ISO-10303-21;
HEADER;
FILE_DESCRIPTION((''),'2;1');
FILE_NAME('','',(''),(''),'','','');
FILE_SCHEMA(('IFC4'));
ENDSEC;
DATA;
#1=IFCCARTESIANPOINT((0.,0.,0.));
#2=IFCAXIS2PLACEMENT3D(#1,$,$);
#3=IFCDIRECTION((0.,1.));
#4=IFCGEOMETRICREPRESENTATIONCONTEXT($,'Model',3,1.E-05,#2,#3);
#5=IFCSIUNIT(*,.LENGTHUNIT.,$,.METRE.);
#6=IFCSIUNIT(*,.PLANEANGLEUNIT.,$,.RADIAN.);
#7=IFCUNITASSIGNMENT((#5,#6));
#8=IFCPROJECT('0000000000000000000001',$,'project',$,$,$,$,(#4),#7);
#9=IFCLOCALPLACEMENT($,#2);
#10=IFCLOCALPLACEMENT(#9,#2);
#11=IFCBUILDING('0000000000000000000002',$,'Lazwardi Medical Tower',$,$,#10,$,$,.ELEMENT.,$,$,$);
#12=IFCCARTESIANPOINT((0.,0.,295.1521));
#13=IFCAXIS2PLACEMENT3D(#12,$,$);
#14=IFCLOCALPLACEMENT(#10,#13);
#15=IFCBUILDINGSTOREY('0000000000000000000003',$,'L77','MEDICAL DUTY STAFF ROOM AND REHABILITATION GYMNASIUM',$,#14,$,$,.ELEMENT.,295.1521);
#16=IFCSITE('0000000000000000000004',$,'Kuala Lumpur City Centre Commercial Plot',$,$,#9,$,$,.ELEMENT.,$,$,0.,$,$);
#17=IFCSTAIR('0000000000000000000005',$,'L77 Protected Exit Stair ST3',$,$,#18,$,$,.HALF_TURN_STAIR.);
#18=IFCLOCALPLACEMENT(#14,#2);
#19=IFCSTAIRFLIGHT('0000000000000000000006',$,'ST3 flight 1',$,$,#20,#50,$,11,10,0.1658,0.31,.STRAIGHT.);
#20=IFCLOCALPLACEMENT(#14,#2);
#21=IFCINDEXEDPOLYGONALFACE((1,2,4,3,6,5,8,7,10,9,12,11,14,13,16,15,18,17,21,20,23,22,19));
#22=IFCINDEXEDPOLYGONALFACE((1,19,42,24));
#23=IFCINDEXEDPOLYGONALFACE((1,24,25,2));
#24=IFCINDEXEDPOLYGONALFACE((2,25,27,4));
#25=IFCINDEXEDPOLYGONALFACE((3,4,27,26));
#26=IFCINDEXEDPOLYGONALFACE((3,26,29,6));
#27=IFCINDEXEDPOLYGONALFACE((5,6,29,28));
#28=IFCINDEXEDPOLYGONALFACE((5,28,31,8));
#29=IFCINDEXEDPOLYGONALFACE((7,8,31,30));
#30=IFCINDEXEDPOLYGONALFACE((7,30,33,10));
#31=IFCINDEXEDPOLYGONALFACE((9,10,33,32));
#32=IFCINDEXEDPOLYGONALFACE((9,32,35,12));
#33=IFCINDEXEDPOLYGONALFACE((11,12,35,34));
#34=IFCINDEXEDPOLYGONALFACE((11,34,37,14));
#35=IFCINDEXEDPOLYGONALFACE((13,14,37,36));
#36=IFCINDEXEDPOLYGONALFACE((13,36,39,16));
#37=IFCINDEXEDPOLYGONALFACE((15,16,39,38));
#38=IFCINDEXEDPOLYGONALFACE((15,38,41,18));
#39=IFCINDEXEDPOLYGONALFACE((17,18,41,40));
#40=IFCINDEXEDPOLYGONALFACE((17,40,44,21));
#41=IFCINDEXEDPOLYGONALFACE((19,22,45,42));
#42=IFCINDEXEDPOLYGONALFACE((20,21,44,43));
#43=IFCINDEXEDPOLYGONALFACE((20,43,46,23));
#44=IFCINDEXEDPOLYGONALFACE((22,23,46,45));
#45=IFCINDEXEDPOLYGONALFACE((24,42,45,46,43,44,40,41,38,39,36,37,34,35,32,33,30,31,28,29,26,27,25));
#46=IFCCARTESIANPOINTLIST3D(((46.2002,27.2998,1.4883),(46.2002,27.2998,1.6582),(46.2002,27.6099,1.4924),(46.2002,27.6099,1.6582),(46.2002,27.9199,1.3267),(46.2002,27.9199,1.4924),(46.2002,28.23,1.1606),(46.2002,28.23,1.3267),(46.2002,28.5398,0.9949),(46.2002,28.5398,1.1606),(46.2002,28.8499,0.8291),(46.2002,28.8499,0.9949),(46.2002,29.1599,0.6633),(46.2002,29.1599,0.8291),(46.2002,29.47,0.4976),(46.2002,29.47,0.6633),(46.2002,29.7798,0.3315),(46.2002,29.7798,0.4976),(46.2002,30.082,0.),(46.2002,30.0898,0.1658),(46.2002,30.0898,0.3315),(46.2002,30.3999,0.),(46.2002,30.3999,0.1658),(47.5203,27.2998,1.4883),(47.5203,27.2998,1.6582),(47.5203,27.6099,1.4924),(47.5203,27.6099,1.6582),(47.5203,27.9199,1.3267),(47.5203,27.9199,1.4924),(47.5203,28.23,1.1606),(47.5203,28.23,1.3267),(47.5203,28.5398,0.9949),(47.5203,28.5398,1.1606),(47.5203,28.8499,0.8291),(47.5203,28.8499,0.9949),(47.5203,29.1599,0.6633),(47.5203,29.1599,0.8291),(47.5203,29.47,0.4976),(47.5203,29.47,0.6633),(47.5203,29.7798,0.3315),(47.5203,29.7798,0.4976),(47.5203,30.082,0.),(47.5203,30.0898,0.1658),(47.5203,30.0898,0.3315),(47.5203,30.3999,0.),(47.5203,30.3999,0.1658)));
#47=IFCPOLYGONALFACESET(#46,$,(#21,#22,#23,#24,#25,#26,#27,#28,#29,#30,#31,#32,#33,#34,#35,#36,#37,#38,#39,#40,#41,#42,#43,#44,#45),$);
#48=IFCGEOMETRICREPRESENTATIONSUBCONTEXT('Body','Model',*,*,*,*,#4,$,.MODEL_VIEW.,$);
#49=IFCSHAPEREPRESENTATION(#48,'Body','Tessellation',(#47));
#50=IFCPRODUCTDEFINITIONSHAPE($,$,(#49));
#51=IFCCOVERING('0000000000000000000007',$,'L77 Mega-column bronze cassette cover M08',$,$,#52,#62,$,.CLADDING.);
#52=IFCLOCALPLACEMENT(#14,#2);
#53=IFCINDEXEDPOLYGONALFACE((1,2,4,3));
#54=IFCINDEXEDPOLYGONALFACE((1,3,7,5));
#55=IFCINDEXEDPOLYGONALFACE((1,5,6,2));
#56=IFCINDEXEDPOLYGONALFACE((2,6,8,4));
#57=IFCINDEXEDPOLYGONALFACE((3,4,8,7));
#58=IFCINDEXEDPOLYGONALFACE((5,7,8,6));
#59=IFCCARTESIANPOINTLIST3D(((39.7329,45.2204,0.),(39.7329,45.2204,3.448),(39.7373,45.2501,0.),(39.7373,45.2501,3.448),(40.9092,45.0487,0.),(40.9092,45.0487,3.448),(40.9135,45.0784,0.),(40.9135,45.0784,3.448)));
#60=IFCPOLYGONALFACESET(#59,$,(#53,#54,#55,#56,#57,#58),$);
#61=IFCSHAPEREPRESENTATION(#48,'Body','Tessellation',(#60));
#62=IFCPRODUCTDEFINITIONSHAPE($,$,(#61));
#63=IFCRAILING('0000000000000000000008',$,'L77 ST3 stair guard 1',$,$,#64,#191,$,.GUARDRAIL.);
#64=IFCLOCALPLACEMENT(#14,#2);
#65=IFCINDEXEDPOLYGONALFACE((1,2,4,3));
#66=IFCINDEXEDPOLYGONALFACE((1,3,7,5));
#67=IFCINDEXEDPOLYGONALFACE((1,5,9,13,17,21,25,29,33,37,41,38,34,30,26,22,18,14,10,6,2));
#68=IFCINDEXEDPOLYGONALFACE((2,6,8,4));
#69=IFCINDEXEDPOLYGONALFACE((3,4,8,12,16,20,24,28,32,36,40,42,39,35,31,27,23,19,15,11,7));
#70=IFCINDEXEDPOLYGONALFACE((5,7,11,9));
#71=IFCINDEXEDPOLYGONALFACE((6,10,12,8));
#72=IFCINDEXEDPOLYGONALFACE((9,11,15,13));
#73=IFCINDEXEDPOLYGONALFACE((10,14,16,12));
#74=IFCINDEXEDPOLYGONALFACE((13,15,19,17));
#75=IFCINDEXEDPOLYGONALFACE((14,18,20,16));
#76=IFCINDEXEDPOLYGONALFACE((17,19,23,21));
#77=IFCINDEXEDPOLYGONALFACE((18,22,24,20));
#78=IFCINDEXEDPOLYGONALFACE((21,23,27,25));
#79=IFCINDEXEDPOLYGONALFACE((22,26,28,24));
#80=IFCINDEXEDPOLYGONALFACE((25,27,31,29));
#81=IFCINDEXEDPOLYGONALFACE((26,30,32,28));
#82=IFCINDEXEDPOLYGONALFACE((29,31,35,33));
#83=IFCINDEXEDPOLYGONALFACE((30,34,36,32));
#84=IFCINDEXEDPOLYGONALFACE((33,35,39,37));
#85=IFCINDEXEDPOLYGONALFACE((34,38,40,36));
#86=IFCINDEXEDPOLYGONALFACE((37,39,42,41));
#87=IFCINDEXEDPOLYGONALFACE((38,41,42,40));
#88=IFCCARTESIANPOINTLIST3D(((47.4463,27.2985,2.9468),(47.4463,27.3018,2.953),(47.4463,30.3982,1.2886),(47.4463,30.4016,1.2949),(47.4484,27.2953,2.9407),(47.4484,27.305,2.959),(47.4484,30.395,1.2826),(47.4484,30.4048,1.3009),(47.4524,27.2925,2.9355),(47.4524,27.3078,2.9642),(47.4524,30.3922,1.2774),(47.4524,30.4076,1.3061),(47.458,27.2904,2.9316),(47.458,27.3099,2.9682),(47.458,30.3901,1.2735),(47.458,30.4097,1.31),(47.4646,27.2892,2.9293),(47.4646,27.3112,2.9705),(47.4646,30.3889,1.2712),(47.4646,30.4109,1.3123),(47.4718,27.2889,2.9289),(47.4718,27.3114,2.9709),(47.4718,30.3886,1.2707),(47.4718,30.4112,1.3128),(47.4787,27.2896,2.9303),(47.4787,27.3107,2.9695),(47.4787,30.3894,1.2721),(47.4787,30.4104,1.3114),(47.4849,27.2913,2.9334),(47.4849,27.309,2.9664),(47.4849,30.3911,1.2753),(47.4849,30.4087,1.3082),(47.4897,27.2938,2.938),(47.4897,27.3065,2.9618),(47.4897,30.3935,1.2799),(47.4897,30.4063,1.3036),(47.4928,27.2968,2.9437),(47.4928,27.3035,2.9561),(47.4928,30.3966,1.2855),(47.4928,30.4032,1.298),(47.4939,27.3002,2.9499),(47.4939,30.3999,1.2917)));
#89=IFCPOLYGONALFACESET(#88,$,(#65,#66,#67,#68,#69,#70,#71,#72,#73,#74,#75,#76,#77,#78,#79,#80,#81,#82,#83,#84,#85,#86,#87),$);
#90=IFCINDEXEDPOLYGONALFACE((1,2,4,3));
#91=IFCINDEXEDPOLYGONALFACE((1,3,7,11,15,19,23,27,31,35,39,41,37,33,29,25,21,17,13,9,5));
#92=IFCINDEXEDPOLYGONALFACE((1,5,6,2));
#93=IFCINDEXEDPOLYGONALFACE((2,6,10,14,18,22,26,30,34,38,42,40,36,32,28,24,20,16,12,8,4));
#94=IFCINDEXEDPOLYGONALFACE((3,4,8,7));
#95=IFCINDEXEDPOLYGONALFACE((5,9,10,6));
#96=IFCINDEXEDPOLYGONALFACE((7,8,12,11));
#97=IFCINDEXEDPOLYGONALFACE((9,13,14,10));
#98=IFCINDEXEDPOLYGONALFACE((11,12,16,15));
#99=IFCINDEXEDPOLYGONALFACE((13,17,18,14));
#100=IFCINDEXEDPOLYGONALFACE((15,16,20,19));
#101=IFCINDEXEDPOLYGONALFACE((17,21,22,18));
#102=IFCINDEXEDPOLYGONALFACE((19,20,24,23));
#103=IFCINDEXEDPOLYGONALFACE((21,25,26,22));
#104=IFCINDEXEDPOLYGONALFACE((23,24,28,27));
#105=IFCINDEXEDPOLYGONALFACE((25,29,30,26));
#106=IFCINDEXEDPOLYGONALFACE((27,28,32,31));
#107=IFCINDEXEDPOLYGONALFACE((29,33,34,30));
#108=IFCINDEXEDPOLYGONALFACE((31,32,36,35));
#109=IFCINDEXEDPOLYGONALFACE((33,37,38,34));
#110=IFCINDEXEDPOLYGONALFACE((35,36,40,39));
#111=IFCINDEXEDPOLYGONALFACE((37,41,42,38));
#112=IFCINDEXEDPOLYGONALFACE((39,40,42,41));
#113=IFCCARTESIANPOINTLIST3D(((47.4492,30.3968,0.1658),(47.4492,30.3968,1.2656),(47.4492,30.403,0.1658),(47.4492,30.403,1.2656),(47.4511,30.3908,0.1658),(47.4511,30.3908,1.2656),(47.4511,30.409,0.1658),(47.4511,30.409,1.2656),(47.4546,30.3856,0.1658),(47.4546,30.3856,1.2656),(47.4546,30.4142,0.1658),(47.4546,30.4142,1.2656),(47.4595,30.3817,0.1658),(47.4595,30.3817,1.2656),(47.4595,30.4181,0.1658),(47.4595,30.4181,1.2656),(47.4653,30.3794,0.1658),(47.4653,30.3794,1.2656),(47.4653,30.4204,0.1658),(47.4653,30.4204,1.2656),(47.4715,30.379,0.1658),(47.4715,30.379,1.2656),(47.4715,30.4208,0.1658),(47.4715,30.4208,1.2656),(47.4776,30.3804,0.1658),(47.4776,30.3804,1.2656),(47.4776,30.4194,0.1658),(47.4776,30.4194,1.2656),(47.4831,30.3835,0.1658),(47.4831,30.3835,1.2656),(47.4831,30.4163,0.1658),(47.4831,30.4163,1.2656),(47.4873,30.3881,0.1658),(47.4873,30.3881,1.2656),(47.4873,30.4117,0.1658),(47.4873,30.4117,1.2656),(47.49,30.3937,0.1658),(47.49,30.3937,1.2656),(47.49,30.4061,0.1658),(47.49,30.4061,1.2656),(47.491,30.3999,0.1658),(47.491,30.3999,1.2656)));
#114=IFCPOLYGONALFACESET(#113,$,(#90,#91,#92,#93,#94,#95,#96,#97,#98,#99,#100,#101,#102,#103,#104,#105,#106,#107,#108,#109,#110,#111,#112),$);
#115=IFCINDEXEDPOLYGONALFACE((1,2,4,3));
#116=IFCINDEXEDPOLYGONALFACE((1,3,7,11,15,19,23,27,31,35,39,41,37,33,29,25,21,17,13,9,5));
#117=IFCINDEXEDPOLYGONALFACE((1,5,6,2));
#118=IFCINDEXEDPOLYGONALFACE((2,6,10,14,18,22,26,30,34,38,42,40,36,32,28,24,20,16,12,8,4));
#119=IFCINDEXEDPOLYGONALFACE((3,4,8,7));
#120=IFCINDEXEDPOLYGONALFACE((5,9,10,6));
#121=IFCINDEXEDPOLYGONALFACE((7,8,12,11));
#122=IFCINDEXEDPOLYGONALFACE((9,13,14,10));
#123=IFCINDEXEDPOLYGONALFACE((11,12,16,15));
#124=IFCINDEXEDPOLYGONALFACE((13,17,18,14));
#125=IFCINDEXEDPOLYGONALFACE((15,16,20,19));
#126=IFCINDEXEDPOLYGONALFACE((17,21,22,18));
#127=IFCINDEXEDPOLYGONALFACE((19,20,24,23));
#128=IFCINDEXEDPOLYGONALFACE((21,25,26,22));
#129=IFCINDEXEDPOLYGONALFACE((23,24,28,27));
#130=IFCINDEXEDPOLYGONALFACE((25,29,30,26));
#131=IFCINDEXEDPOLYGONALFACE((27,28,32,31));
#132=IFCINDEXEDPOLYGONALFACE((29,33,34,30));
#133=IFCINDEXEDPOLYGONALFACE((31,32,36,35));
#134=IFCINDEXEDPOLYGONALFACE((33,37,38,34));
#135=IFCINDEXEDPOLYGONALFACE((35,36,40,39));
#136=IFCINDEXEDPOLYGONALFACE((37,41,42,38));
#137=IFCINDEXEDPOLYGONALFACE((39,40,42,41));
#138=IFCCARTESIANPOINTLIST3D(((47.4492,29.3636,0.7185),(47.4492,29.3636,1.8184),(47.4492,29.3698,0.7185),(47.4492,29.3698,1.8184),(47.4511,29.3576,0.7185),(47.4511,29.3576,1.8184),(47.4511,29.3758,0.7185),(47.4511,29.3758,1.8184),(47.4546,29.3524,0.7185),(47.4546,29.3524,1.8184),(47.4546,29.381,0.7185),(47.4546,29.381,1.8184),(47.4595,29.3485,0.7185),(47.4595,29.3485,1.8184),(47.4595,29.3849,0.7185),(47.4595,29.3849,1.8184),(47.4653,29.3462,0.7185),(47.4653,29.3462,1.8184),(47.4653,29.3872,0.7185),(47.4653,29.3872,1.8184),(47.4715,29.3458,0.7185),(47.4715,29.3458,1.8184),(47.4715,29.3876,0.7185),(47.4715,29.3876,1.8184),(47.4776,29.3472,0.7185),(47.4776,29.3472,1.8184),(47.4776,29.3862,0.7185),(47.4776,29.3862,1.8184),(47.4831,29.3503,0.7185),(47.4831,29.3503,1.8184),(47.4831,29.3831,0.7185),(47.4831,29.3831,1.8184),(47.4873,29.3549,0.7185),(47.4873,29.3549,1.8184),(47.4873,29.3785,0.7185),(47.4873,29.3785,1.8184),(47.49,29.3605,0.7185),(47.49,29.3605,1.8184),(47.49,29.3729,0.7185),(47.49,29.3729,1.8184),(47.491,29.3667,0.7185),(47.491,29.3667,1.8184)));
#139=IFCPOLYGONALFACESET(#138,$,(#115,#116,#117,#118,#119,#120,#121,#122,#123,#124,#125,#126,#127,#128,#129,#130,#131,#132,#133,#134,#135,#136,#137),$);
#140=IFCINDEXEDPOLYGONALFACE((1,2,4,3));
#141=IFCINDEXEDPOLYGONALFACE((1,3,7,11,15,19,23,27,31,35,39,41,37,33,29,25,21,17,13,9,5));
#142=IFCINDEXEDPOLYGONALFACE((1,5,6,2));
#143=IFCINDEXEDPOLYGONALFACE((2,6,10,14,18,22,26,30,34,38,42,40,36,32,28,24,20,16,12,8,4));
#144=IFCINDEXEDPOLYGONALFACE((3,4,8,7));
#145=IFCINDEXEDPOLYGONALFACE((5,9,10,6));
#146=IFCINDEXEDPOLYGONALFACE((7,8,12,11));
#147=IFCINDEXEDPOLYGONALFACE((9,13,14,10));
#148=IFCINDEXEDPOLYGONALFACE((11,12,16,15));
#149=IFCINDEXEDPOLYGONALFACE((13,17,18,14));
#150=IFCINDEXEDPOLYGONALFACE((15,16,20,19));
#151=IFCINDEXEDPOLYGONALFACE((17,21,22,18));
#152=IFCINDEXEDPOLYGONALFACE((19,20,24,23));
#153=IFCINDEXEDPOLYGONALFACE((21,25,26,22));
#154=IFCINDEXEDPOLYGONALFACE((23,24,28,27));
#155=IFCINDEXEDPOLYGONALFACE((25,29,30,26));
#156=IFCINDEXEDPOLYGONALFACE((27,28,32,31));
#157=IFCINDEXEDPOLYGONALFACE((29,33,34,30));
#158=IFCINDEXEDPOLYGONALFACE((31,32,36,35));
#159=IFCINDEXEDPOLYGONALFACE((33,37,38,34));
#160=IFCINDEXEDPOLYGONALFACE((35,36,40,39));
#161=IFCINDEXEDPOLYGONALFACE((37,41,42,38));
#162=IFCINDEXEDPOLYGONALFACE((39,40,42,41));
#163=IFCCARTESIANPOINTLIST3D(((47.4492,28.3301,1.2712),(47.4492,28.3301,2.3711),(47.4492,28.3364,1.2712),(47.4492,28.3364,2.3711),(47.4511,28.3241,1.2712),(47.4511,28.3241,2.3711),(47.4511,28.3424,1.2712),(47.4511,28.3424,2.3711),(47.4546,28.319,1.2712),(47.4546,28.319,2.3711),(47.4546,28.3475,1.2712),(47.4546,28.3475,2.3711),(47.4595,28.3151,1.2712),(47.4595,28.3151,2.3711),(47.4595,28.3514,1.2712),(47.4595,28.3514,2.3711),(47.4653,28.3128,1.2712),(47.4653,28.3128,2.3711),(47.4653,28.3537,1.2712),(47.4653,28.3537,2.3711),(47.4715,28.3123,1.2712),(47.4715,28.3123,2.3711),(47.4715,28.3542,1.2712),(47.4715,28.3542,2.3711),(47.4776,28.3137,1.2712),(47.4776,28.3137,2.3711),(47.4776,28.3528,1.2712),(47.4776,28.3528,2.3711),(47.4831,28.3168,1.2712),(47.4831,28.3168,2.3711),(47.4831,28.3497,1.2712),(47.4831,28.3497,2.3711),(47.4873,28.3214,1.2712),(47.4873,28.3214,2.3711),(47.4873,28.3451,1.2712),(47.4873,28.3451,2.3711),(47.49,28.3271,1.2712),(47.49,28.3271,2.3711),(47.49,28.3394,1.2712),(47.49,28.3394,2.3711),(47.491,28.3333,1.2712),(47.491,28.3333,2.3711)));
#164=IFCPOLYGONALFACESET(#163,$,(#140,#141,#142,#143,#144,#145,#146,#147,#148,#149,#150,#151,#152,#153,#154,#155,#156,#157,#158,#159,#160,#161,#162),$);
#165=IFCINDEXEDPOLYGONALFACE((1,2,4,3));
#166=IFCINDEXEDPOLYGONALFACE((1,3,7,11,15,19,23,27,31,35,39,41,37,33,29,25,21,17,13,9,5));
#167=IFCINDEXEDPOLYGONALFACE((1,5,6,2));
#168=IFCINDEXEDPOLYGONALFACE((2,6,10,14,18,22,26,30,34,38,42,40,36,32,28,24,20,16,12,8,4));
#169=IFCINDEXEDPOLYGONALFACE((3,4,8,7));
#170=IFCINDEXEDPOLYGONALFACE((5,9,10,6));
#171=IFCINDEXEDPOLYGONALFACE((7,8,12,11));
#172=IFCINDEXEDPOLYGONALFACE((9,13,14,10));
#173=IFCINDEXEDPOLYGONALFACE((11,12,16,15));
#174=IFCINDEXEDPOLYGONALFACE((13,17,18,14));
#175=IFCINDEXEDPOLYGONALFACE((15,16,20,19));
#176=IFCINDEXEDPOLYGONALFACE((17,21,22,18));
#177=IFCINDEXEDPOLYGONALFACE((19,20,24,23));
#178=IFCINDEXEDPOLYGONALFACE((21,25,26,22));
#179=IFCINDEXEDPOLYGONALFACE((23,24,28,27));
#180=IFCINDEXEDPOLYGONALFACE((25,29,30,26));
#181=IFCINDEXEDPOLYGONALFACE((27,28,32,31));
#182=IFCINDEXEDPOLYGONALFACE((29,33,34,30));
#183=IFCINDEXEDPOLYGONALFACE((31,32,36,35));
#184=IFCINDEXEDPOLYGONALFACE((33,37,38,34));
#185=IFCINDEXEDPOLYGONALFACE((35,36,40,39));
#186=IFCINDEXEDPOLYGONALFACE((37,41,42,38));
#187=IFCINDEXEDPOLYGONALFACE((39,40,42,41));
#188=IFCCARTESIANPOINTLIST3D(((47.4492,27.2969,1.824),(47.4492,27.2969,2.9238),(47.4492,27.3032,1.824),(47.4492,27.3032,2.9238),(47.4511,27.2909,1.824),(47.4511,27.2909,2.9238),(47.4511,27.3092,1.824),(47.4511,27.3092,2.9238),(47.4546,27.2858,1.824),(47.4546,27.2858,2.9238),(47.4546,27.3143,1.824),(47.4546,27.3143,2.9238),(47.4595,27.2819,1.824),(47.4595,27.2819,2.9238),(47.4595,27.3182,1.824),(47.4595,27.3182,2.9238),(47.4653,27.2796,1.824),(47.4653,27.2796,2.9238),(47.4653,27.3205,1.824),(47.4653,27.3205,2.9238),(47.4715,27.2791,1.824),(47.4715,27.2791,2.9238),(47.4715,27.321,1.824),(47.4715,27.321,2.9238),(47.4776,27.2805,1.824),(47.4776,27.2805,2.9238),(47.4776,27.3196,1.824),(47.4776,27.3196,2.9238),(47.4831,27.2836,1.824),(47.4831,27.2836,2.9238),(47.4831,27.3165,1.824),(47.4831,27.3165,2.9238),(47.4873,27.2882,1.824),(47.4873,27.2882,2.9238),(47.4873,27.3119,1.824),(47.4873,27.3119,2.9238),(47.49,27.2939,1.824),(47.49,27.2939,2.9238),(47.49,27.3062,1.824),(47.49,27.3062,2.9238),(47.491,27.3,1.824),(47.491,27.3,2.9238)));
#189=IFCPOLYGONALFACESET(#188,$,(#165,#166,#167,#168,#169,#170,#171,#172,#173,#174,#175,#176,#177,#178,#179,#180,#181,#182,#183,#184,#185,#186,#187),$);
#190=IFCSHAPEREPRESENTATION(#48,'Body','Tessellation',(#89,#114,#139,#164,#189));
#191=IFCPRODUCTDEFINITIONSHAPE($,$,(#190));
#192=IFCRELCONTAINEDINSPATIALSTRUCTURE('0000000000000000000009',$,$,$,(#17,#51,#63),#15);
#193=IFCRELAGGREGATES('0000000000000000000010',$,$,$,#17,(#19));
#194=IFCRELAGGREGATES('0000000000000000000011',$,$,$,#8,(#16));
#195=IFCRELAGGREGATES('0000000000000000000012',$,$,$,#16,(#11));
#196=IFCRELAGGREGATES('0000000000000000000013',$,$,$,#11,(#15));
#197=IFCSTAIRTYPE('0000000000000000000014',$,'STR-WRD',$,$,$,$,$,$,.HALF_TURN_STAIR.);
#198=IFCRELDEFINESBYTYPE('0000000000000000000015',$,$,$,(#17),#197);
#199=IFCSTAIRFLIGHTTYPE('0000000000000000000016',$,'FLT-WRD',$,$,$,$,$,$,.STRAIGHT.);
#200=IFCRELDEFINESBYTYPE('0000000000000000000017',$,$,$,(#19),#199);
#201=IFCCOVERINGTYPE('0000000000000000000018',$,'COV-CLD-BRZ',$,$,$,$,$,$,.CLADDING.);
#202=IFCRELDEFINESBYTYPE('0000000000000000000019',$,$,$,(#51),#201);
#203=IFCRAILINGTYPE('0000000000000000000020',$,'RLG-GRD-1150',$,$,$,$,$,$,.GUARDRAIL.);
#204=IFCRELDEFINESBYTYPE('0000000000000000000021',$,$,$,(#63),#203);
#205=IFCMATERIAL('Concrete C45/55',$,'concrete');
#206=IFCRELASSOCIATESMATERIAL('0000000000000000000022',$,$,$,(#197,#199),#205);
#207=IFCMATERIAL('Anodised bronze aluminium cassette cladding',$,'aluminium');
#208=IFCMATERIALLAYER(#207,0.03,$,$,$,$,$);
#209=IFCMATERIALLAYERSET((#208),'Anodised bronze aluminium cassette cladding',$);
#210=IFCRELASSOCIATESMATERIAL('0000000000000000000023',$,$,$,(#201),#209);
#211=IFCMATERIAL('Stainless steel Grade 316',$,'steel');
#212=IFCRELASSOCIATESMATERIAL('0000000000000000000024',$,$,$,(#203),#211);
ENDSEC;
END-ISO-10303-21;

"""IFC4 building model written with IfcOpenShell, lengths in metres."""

from ifc_helpers import new_model, si_unit, direction, frame, origin, origin_2d, place, context, subcontext, project, spatial, polyline, rectangle, circle, outline, extrude, material, layer, layer_set, type_object, element, aggregate, save


model = new_model("IFC4")

# Units and contexts
model_context = context("Model", 3, precision=1e-05, world=origin(), true_north=direction((0.0, 1.0)))
body_context = subcontext(model_context, "Body", "Model", "MODEL_VIEW")
ifc_project = project(units=[si_unit("LENGTHUNIT", "METRE"), si_unit("PLANEANGLEUNIT", "RADIAN")], contexts=[model_context])

# Site, building, storey
site_placement = place(None, origin())
site = spatial("IfcSite", under=ifc_project, at=site_placement, Name="Kuala Lumpur City Centre Commercial Plot", CompositionType="ELEMENT", RefElevation=0.0)
building_placement = place(site_placement, origin())
building = spatial("IfcBuilding", under=site, at=building_placement, Name="Lazwardi Medical Tower", CompositionType="ELEMENT")
storey_placement = place(building_placement, frame((0.0, 0.0, 295.1521)))
storey = spatial("IfcBuildingStorey", under=building, at=storey_placement, Name="L77", Description="MEDICAL DUTY STAFF ROOM AND REHABILITATION GYMNASIUM", CompositionType="ELEMENT", Elevation=295.1521)

# Stair, stair flight
ifc_material_1 = material(Name="Concrete C45/55", Category="concrete")
stair_type = type_object("IfcStairType", Name="STR-WRD", PredefinedType="HALF_TURN_STAIR", material=ifc_material_1)
stair_flight_type = type_object("IfcStairFlightType", Name="FLT-WRD", PredefinedType="STRAIGHT", material=ifc_material_1)
stair_1_placement = place(storey_placement, origin())
stair_1 = element("IfcStair", 1, at=stair_1_placement, inside=storey, type_object=stair_type, Name="L77 Protected Exit Stair ST3", PredefinedType="HALF_TURN_STAIR")
stair_flight_1_placement = place(storey_placement, frame((46.8601, 30.3999, 0.0), z_axis=(0.0, 0.0, 1.0), x_axis=(0.0, -1.0, 0.0)))
stair_flight_1 = element("IfcStairFlight", 2, at=stair_flight_1_placement, type_object=stair_flight_type, Name="ST3 flight 1", NumberOfRisers=11, NumberOfTreads=10, PredefinedType="STRAIGHT", RiserHeight=0.1658, TreadLength=0.31, context=body_context, shape_type="SweptSolid", body=[
    extrude(outline(polyline([(0.0, 0.0), (0.0, 0.1658), (0.3101, 0.1658), (0.3101, 0.3315), (0.6201, 0.3315), (0.6201, 0.4976), (0.9299, 0.4976), (0.9299, 0.6633), (1.24, 0.6633), (1.24, 0.8291), (1.55, 0.8291), (1.55, 0.9949), (1.8601, 0.9949), (1.8601, 1.1606), (2.1699, 1.1606), (2.1699, 1.3267), (2.48, 1.3267), (2.48, 1.4924), (2.79, 1.4924), (2.79, 1.6582), (3.1001, 1.6582), (3.1001, 1.824), (3.1001, 1.4883), (0.3179, 0.0), (0.0, 0.0)])), frame((0.0, 0.6602, 0.0), z_axis=(0.0, -1.0, 0.0), x_axis=(1.0, 0.0, 0.0)), (0.0, 0.0, 1.0), 1.3201),
])
aggregate(stair_1, [stair_flight_1])

# Covering
ifc_material_2 = material(Name="Anodised bronze aluminium cassette cladding", Category="aluminium")
ifc_layer_1 = layer(ifc_material_2, 0.03)
ifc_layer_set_1 = layer_set([ifc_layer_1], Name="Anodised bronze aluminium cassette cladding")
covering_type = type_object("IfcCoveringType", Name="COV-CLD-BRZ", PredefinedType="CLADDING", material=ifc_layer_set_1)
covering_placement = place(storey_placement, frame((40.3232, 45.1494, 0.0), z_axis=(0.0, 0.0, 1.0), x_axis=(-0.989512, 0.144448, 0.0)))
element("IfcCovering", 3, at=covering_placement, inside=storey, type_object=covering_type, Name="L77 Mega-column bronze cassette cover M08", PredefinedType="CLADDING", context=body_context, shape_type="SweptSolid", body=[
    extrude(rectangle(XDim=1.1887, YDim=0.03, at=origin_2d()), origin(), (0.0, 0.0, 1.0), 3.448),
])

# Railing
ifc_material_3 = material(Name="Stainless steel Grade 316", Category="steel")
railing_type_1 = type_object("IfcRailingType", Name="RLG-GRD-1150", PredefinedType="GUARDRAIL", material=ifc_material_3)
railing_1_placement = place(storey_placement, frame((47.47, 30.3999, 0.1658)))
element("IfcRailing", 4, at=railing_1_placement, inside=storey, type_object=railing_type_1, Name="L77 ST3 stair guard 1", PredefinedType="GUARDRAIL", context=body_context, shape_type="SweptSolid", body=[
    extrude(circle(Radius=0.0239, at=origin_2d()), frame((0.0, 0.0, 1.126), z_axis=(0.0, -0.881768, 0.471684), x_axis=(1.0, 0.0, 0.0)), (0.0, 0.0, 1.0), 3.5154),
    extrude(circle(Radius=0.021, at=origin_2d()), origin(), (0.0, 0.0, 1.0), 1.0999),
    extrude(circle(Radius=0.021, at=origin_2d()), frame((0.0, -1.0332, 0.5527)), (0.0, 0.0, 1.0), 1.0999),
    extrude(circle(Radius=0.021, at=origin_2d()), frame((0.0, -2.0667, 1.1055)), (0.0, 0.0, 1.0), 1.0999),
    extrude(circle(Radius=0.021, at=origin_2d()), frame((0.0, -3.0999, 1.6582)), (0.0, 0.0, 1.0), 1.0999),
])

save(model, "model.ifc")
